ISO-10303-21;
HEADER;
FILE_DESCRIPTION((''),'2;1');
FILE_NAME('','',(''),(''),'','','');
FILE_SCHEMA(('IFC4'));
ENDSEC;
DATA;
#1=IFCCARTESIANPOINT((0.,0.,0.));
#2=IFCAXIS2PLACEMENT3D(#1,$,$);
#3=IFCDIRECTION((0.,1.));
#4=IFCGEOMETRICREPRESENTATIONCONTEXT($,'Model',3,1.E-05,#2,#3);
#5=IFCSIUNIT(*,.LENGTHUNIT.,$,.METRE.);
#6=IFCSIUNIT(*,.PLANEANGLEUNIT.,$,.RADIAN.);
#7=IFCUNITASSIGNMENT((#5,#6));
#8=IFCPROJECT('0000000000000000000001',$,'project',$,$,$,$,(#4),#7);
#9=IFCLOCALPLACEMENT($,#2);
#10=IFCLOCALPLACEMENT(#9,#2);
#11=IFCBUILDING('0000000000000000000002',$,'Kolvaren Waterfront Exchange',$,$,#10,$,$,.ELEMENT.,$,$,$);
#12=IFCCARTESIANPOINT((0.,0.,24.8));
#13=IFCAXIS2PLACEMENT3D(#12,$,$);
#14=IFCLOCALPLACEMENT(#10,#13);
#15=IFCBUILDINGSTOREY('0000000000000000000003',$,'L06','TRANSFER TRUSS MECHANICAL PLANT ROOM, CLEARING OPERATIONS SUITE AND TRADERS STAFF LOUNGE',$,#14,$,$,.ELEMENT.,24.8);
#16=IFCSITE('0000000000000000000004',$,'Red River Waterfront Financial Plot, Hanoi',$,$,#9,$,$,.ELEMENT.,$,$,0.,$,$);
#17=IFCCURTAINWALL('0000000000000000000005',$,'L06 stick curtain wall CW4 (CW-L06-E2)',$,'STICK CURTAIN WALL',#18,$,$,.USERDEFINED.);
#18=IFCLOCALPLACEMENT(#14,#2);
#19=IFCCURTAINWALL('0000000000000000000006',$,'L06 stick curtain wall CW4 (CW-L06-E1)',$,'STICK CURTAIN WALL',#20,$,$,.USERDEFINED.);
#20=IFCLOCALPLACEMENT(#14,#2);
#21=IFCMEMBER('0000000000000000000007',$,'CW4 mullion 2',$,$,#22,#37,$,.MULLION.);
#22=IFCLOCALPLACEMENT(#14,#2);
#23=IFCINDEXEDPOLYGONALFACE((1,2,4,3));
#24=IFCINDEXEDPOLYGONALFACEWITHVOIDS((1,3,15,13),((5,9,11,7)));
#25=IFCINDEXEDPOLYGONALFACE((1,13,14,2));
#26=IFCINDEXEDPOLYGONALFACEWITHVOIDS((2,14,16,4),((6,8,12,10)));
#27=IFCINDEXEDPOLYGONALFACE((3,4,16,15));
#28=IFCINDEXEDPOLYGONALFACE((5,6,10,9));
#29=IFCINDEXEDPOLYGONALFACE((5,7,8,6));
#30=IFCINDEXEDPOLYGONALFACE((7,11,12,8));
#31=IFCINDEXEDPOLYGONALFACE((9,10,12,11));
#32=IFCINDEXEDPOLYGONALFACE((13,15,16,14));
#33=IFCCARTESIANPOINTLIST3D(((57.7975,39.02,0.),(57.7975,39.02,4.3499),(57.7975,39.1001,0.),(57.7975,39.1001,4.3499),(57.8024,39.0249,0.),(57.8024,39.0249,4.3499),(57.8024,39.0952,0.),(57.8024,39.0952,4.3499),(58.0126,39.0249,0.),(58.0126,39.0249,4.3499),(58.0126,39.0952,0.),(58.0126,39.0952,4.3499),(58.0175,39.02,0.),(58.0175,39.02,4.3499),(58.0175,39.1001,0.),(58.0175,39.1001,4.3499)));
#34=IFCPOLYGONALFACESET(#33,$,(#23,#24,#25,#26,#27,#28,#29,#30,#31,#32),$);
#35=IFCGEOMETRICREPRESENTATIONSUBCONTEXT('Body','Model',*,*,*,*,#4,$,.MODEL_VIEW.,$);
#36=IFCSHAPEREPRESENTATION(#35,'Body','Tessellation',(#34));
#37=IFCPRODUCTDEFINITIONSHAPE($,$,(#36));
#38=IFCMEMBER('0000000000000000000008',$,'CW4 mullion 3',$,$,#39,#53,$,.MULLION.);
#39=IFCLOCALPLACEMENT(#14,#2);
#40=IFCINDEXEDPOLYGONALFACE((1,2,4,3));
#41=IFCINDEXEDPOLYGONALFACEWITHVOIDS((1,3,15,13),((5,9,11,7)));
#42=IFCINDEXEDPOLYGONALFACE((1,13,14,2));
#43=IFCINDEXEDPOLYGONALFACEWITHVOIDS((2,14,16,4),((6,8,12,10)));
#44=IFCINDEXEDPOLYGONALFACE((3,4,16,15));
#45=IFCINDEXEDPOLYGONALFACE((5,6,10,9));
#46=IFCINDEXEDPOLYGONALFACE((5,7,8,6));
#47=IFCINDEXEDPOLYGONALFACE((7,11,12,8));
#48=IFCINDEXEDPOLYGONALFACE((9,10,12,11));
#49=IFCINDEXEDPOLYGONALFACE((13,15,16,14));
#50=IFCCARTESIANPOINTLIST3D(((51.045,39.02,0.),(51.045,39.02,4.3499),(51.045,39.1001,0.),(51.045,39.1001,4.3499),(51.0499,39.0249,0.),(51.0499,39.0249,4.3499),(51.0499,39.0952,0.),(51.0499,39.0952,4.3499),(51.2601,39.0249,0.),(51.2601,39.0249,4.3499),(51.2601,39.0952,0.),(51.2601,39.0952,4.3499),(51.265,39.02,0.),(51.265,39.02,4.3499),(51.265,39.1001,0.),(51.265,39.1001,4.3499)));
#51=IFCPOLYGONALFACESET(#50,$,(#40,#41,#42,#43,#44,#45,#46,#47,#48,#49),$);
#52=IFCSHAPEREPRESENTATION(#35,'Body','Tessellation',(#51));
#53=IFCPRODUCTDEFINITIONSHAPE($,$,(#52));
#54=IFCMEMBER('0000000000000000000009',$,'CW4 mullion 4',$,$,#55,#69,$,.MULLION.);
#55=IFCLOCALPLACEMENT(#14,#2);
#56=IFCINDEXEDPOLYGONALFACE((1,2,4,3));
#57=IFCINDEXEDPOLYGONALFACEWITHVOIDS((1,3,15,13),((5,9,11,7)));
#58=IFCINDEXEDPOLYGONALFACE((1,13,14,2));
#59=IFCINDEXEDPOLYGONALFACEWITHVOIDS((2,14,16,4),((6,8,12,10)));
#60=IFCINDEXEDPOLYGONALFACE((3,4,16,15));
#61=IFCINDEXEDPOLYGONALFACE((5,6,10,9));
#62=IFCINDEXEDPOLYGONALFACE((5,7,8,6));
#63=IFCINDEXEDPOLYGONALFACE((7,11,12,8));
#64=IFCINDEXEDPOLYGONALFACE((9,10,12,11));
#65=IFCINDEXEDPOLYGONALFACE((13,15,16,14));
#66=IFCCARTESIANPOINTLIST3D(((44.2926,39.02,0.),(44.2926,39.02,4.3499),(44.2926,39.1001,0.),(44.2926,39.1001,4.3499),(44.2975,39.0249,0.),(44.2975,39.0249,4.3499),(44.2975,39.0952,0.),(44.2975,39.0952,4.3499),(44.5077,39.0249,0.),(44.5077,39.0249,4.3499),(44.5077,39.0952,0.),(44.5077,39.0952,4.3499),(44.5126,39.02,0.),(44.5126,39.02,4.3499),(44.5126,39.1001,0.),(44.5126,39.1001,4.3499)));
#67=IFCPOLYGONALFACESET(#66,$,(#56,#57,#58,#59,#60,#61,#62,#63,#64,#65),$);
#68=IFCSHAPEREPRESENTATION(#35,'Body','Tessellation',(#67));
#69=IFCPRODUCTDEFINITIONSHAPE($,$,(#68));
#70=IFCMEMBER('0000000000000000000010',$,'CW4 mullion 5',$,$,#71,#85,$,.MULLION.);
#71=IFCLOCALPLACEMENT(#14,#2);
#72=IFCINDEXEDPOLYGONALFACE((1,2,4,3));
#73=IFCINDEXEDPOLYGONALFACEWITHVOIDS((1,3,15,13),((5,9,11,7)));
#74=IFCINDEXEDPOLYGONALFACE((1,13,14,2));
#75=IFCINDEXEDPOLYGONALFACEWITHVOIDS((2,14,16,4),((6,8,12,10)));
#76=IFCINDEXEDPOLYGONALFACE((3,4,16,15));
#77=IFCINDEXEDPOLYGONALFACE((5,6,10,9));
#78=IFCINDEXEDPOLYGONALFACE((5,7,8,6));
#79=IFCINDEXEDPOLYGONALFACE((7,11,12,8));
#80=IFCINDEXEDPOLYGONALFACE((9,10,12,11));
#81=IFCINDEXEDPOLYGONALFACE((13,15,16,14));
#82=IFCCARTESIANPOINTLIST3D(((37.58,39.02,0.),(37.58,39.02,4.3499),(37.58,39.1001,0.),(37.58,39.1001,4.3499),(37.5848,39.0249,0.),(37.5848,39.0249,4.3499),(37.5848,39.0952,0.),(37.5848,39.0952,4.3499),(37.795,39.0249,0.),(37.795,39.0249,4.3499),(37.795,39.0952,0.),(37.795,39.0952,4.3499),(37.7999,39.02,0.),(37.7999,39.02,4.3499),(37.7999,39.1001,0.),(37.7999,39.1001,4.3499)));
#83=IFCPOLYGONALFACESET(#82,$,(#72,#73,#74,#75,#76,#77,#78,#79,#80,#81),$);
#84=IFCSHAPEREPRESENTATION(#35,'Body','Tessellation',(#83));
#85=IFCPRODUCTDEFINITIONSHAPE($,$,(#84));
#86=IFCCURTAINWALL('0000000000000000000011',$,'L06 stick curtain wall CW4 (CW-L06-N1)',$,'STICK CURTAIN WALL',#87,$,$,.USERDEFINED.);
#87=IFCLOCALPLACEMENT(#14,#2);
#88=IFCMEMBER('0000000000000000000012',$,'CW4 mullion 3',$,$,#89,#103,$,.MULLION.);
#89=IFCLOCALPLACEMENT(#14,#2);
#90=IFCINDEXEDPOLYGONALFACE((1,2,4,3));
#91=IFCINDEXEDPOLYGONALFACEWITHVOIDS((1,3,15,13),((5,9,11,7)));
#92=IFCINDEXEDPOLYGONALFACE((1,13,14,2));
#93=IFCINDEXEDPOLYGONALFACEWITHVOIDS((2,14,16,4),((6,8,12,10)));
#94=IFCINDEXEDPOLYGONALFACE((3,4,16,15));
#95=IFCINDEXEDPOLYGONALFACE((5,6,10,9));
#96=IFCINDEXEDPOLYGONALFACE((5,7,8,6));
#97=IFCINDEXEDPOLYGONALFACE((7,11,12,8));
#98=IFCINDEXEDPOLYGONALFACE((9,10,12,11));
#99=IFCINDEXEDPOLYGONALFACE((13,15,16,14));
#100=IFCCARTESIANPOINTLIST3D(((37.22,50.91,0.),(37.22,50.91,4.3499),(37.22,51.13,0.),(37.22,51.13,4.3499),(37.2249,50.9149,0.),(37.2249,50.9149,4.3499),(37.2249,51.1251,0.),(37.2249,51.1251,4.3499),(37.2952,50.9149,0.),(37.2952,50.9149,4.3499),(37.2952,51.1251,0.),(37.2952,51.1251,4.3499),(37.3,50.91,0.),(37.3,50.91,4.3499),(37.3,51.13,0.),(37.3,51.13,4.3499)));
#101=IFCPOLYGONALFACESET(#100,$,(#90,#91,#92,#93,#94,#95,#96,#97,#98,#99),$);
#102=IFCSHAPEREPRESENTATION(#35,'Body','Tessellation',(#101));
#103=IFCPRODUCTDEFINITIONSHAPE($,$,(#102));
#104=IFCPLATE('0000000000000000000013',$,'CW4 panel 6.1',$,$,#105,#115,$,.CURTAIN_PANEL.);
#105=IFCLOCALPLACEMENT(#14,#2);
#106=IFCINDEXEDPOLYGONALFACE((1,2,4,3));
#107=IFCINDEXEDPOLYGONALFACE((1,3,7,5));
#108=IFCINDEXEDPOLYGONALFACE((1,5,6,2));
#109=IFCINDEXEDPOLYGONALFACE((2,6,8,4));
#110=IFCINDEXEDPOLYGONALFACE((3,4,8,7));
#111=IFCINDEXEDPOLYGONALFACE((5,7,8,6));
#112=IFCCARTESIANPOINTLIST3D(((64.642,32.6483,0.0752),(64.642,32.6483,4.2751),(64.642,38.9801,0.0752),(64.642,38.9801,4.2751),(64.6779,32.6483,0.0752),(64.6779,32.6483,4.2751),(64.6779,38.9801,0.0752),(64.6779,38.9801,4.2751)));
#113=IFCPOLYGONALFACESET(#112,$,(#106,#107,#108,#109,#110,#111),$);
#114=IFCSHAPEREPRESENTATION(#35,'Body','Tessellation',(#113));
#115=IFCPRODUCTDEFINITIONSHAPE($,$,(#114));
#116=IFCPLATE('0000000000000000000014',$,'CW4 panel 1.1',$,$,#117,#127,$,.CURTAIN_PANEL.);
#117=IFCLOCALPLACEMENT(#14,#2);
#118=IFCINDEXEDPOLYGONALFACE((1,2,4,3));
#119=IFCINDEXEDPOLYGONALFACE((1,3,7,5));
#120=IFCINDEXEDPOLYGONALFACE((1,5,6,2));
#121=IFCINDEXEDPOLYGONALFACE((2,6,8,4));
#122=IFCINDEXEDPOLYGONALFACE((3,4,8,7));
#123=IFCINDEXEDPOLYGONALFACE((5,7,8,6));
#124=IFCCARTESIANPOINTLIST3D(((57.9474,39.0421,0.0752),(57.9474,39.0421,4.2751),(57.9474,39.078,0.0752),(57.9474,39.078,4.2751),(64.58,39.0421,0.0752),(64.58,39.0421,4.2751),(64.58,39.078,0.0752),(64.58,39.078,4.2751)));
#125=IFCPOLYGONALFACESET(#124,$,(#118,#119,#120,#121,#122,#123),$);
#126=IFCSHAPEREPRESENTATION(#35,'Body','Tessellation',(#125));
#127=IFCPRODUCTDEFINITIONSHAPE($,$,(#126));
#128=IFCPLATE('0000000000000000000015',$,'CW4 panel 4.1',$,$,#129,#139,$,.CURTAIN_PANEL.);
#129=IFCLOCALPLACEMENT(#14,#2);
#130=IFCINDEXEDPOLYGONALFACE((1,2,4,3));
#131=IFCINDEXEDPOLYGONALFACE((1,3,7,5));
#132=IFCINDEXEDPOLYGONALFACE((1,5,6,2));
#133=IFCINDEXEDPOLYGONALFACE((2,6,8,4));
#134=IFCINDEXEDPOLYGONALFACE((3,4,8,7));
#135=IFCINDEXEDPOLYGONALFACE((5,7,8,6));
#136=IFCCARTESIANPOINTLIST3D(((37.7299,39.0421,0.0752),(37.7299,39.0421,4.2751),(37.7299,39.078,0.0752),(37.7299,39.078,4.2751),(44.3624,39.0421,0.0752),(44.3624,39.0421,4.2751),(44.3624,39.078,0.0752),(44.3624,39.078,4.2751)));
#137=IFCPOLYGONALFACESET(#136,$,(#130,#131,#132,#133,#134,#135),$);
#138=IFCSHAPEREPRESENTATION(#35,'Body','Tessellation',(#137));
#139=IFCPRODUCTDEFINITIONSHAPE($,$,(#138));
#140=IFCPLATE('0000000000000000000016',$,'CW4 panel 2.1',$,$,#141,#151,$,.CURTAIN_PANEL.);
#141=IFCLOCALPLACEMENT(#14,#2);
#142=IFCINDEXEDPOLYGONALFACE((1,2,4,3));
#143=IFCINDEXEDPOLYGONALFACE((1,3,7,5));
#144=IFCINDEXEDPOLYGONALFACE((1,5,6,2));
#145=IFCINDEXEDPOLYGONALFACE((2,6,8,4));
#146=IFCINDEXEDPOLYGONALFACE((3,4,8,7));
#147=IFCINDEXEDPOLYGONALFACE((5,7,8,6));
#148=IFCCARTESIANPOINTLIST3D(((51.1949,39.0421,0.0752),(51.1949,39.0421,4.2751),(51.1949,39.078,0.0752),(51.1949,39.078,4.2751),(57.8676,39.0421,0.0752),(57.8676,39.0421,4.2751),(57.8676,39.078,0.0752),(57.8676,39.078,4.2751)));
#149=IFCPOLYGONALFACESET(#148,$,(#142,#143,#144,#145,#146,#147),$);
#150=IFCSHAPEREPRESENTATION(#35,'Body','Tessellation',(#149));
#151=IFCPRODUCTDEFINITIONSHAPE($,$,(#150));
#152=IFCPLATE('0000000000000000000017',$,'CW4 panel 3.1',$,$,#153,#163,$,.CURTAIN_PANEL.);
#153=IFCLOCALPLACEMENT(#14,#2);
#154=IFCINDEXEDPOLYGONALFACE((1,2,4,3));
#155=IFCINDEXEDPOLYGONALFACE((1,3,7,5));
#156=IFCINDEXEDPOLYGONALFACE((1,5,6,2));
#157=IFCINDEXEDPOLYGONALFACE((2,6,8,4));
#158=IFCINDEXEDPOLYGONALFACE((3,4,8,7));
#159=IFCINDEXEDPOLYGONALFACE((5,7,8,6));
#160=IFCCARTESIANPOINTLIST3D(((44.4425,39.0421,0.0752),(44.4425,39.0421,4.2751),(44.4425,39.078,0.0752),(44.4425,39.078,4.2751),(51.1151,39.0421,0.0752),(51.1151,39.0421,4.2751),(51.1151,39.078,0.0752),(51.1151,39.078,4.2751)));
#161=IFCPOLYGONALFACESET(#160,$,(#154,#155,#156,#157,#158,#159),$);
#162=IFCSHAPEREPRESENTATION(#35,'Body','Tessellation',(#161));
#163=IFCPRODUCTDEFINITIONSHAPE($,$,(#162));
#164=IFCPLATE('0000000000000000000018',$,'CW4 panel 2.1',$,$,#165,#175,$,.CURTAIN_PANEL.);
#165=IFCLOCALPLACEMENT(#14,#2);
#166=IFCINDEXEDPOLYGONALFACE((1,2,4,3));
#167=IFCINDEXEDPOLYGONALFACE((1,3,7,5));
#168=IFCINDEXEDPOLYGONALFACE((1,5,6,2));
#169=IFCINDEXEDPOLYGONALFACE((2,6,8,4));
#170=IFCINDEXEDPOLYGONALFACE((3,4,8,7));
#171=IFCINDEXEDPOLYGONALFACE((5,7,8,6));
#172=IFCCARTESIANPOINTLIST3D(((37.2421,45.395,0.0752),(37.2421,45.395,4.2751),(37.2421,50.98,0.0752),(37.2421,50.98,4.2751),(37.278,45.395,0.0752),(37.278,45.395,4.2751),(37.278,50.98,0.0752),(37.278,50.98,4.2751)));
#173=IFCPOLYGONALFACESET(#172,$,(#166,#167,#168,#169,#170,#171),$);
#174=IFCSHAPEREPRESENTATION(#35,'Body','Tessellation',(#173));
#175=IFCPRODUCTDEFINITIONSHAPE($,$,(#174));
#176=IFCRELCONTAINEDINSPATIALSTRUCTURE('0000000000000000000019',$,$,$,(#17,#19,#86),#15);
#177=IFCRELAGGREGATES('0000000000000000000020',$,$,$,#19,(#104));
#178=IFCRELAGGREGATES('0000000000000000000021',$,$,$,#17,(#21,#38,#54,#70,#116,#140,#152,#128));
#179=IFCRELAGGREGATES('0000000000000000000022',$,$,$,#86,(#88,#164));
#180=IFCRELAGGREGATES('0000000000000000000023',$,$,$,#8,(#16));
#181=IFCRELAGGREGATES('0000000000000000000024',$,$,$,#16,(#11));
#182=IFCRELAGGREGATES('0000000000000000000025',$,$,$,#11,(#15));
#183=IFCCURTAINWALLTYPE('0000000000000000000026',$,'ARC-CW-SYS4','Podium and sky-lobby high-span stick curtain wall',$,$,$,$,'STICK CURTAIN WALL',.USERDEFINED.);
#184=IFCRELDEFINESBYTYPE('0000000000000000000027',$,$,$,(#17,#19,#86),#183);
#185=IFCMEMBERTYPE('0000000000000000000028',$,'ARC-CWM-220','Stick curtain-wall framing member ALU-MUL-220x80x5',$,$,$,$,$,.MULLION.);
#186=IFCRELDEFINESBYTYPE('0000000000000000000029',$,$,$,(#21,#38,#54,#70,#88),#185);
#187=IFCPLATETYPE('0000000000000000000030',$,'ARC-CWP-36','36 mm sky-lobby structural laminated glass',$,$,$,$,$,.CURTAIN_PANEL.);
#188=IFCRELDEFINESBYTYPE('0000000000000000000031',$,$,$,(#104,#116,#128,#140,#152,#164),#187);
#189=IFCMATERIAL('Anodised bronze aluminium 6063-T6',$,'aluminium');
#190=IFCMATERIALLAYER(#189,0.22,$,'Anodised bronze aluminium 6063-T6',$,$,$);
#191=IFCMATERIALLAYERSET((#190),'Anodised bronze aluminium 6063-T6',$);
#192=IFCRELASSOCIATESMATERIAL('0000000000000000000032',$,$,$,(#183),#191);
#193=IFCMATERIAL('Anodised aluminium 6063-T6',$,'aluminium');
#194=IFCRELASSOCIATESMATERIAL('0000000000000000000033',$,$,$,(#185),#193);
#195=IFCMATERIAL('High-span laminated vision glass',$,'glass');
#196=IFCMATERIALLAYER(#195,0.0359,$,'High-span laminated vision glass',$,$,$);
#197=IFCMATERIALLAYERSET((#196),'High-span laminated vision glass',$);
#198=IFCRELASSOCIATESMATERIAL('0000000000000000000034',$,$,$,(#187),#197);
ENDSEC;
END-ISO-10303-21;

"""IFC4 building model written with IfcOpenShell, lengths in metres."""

from ifc_helpers import new_model, si_unit, direction, frame, origin, origin_with_axes, origin_2d, place, context, subcontext, project, spatial, rectangle, hollow_rectangle, extrude, source, transform, mapped, material, layer, layer_set, material_profile, profile_set, type_object, element, aggregate, save


model = new_model("IFC4")

# Units and contexts
model_context = context("Model", 3, precision=1e-05, world=origin(), true_north=direction((0.0, 1.0)))
body_context = subcontext(model_context, "Body", "Model", "MODEL_VIEW")
ifc_project = project(units=[si_unit("LENGTHUNIT", "METRE"), si_unit("PLANEANGLEUNIT", "RADIAN")], contexts=[model_context])

# Site, building, storey
site_placement = place(None, origin())
site = spatial("IfcSite", under=ifc_project, at=site_placement, Name="Red River Waterfront Financial Plot, Hanoi", CompositionType="ELEMENT", RefElevation=0.0)
building_placement = place(site_placement, origin())
building = spatial("IfcBuilding", under=site, at=building_placement, Name="Kolvaren Waterfront Exchange", CompositionType="ELEMENT")
storey_placement = place(building_placement, frame((0.0, 0.0, 24.8)))
storey = spatial("IfcBuildingStorey", under=building, at=storey_placement, Name="L06", Description="TRANSFER TRUSS MECHANICAL PLANT ROOM, CLEARING OPERATIONS SUITE AND TRADERS STAFF LOUNGE", CompositionType="ELEMENT", Elevation=24.8)

# Curtain wall
ifc_material_1 = material(Name="Anodised bronze aluminium 6063-T6", Category="aluminium")
ifc_layer_1 = layer(ifc_material_1, 0.22, Name="Anodised bronze aluminium 6063-T6")
ifc_layer_set_1 = layer_set([ifc_layer_1], Name="Anodised bronze aluminium 6063-T6")
curtain_wall_type = type_object("IfcCurtainWallType", Name="ARC-CW-SYS4", Description="Podium and sky-lobby high-span stick curtain wall", ElementType="STICK CURTAIN WALL", PredefinedType="USERDEFINED", material=ifc_layer_set_1)
curtain_wall_1_placement = place(storey_placement, origin())
curtain_wall_1 = element("IfcCurtainWall", 1, at=curtain_wall_1_placement, inside=storey, type_object=curtain_wall_type, Name="L06 stick curtain wall CW4 (CW-L06-E2)", ObjectType="STICK CURTAIN WALL", PredefinedType="USERDEFINED")
ifc_material_2 = material(Name="Anodised aluminium 6063-T6", Category="aluminium")

# Curtain wall
curtain_wall_2_placement = place(storey_placement, origin())
curtain_wall_2 = element("IfcCurtainWall", 2, at=curtain_wall_2_placement, inside=storey, type_object=curtain_wall_type, Name="L06 stick curtain wall CW4 (CW-L06-E1)", ObjectType="STICK CURTAIN WALL", PredefinedType="USERDEFINED")
ifc_material_profile_1 = material_profile(ifc_material_2, hollow_rectangle(XDim=0.0801, YDim=0.22, WallThickness=0.0049, at=origin_2d()), Name="ALU-MUL-220x80x5")
ifc_profile_set_1 = profile_set([ifc_material_profile_1], Name="Anodised aluminium 6063-T6")
member_type_1 = type_object("IfcMemberType", Name="ARC-CWM-220", Description="Stick curtain-wall framing member ALU-MUL-220x80x5", PredefinedType="MULLION", material=ifc_profile_set_1)
shared_shape_1 = source(origin_with_axes(), body_context, "Body", "SweptSolid", [
    extrude(hollow_rectangle(XDim=0.0801, YDim=0.22, WallThickness=0.0049, at=origin_2d()), origin(), (0.0, 0.0, 1.0), 4.3499),
])

# Members
member_1_placement = place(storey_placement, frame((57.9075, 39.0601, 0.0), z_axis=(0.0, 0.0, 1.0), x_axis=(0.0, -1.0, 0.0)))
member_1 = element("IfcMember", 3, at=member_1_placement, type_object=member_type_1, Name="CW4 mullion 2", PredefinedType="MULLION", context=body_context, shape_type="MappedRepresentation", body=[
    mapped(shared_shape_1, transform((0.0, 0.0, 0.0), x_axis=(1.0, 0.0, 0.0), y_axis=(0.0, 1.0, 0.0), z_axis=(0.0, 0.0, 1.0), scale=1.0)),
])
member_2_placement = place(storey_placement, frame((51.155, 39.0601, 0.0), z_axis=(0.0, 0.0, 1.0), x_axis=(0.0, -1.0, 0.0)))
member_2 = element("IfcMember", 4, at=member_2_placement, type_object=member_type_1, Name="CW4 mullion 3", PredefinedType="MULLION", context=body_context, shape_type="MappedRepresentation", body=[
    mapped(shared_shape_1, transform((0.0, 0.0, 0.0), x_axis=(1.0, 0.0, 0.0), y_axis=(0.0, 1.0, 0.0), z_axis=(0.0, 0.0, 1.0), scale=1.0)),
])
member_3_placement = place(storey_placement, frame((44.4026, 39.0601, 0.0), z_axis=(0.0, 0.0, 1.0), x_axis=(0.0, -1.0, 0.0)))
member_3 = element("IfcMember", 5, at=member_3_placement, type_object=member_type_1, Name="CW4 mullion 4", PredefinedType="MULLION", context=body_context, shape_type="MappedRepresentation", body=[
    mapped(shared_shape_1, transform((0.0, 0.0, 0.0), x_axis=(1.0, 0.0, 0.0), y_axis=(0.0, 1.0, 0.0), z_axis=(0.0, 0.0, 1.0), scale=1.0)),
])
member_4_placement = place(storey_placement, frame((37.6899, 39.0601, 0.0), z_axis=(0.0, 0.0, 1.0), x_axis=(0.0, -1.0, 0.0)))
member_4 = element("IfcMember", 6, at=member_4_placement, type_object=member_type_1, Name="CW4 mullion 5", PredefinedType="MULLION", context=body_context, shape_type="MappedRepresentation", body=[
    mapped(shared_shape_1, transform((0.0, 0.0, 0.0), x_axis=(1.0, 0.0, 0.0), y_axis=(0.0, 1.0, 0.0), z_axis=(0.0, 0.0, 1.0), scale=1.0)),
])

# Curtain wall, member
curtain_wall_3_placement = place(storey_placement, origin())
curtain_wall_3 = element("IfcCurtainWall", 7, at=curtain_wall_3_placement, inside=storey, type_object=curtain_wall_type, Name="L06 stick curtain wall CW4 (CW-L06-N1)", ObjectType="STICK CURTAIN WALL", PredefinedType="USERDEFINED")
member_5_placement = place(storey_placement, frame((37.26, 51.02, 0.0), z_axis=(0.0, 0.0, 1.0), x_axis=(-1.0, 0.0, 0.0)))
member_5 = element("IfcMember", 8, at=member_5_placement, type_object=member_type_1, Name="CW4 mullion 3", PredefinedType="MULLION", context=body_context, shape_type="MappedRepresentation", body=[
    mapped(shared_shape_1, transform((0.0, 0.0, 0.0), x_axis=(1.0, 0.0, 0.0), y_axis=(0.0, 1.0, 0.0), z_axis=(0.0, 0.0, 1.0), scale=1.0)),
])

# Plates
ifc_material_3 = material(Name="High-span laminated vision glass", Category="glass")
ifc_layer_2 = layer(ifc_material_3, 0.0359, Name="High-span laminated vision glass")
ifc_layer_set_2 = layer_set([ifc_layer_2], Name="High-span laminated vision glass")
plate_type = type_object("IfcPlateType", Name="ARC-CWP-36", Description="36 mm sky-lobby structural laminated glass", PredefinedType="CURTAIN_PANEL", material=ifc_layer_set_2)
shared_shape_2 = source(origin_with_axes(), body_context, "Body", "SweptSolid", [
    extrude(rectangle(XDim=6.3318, YDim=0.0359, at=origin_2d()), origin(), (0.0, 0.0, 1.0), 4.2),
])
plate_1_placement = place(storey_placement, frame((64.6599, 35.8142, 0.0752), z_axis=(0.0, 0.0, 1.0), x_axis=(0.0, 1.0, 0.0)))
plate_1 = element("IfcPlate", 9, at=plate_1_placement, type_object=plate_type, Name="CW4 panel 6.1", PredefinedType="CURTAIN_PANEL", context=body_context, shape_type="MappedRepresentation", body=[
    mapped(shared_shape_2, transform((0.0, 0.0, 0.0), x_axis=(1.0, 0.0, 0.0), y_axis=(0.0, 1.0, 0.0), z_axis=(0.0, 0.0, 1.0), scale=1.0)),
])
aggregate(curtain_wall_2, [plate_1])
shared_shape_3 = source(origin_with_axes(), body_context, "Body", "SweptSolid", [
    extrude(rectangle(XDim=6.6326, YDim=0.0359, at=origin_2d()), origin(), (0.0, 0.0, 1.0), 4.2),
])
plate_2_placement = place(storey_placement, frame((61.2637, 39.0601, 0.0752), z_axis=(0.0, 0.0, 1.0), x_axis=(-1.0, 0.0, 0.0)))
plate_2 = element("IfcPlate", 10, at=plate_2_placement, type_object=plate_type, Name="CW4 panel 1.1", PredefinedType="CURTAIN_PANEL", context=body_context, shape_type="MappedRepresentation", body=[
    mapped(shared_shape_3, transform((0.0, 0.0, 0.0), x_axis=(1.0, 0.0, 0.0), y_axis=(0.0, 1.0, 0.0), z_axis=(0.0, 0.0, 1.0), scale=1.0)),
])
plate_3_placement = place(storey_placement, frame((41.0461, 39.0601, 0.0752), z_axis=(0.0, 0.0, 1.0), x_axis=(-1.0, 0.0, 0.0)))
plate_3 = element("IfcPlate", 11, at=plate_3_placement, type_object=plate_type, Name="CW4 panel 4.1", PredefinedType="CURTAIN_PANEL", context=body_context, shape_type="MappedRepresentation", body=[
    mapped(shared_shape_3, transform((0.0, 0.0, 0.0), x_axis=(1.0, 0.0, 0.0), y_axis=(0.0, 1.0, 0.0), z_axis=(0.0, 0.0, 1.0), scale=1.0)),
])
shared_shape_4 = source(origin_with_axes(), body_context, "Body", "SweptSolid", [
    extrude(rectangle(XDim=6.6726, YDim=0.0359, at=origin_2d()), origin(), (0.0, 0.0, 1.0), 4.2),
])
plate_4_placement = place(storey_placement, frame((54.5312, 39.0601, 0.0752), z_axis=(0.0, 0.0, 1.0), x_axis=(-1.0, 0.0, 0.0)))
plate_4 = element("IfcPlate", 12, at=plate_4_placement, type_object=plate_type, Name="CW4 panel 2.1", PredefinedType="CURTAIN_PANEL", context=body_context, shape_type="MappedRepresentation", body=[
    mapped(shared_shape_4, transform((0.0, 0.0, 0.0), x_axis=(1.0, 0.0, 0.0), y_axis=(0.0, 1.0, 0.0), z_axis=(0.0, 0.0, 1.0), scale=1.0)),
])
plate_5_placement = place(storey_placement, frame((47.7788, 39.0601, 0.0752), z_axis=(0.0, 0.0, 1.0), x_axis=(-1.0, 0.0, 0.0)))
plate_5 = element("IfcPlate", 13, at=plate_5_placement, type_object=plate_type, Name="CW4 panel 3.1", PredefinedType="CURTAIN_PANEL", context=body_context, shape_type="MappedRepresentation", body=[
    mapped(shared_shape_4, transform((0.0, 0.0, 0.0), x_axis=(1.0, 0.0, 0.0), y_axis=(0.0, 1.0, 0.0), z_axis=(0.0, 0.0, 1.0), scale=1.0)),
])
aggregate(curtain_wall_1, [member_1, member_2, member_3, member_4, plate_2, plate_4, plate_5, plate_3])
shared_shape_5 = source(origin_with_axes(), body_context, "Body", "SweptSolid", [
    extrude(rectangle(XDim=5.585, YDim=0.0359, at=origin_2d()), origin(), (0.0, 0.0, 1.0), 4.2),
])
plate_6_placement = place(storey_placement, frame((37.26, 48.1875, 0.0752), z_axis=(0.0, 0.0, 1.0), x_axis=(0.0, 1.0, 0.0)))
plate_6 = element("IfcPlate", 14, at=plate_6_placement, type_object=plate_type, Name="CW4 panel 2.1", PredefinedType="CURTAIN_PANEL", context=body_context, shape_type="MappedRepresentation", body=[
    mapped(shared_shape_5, transform((0.0, 0.0, 0.0), x_axis=(1.0, 0.0, 0.0), y_axis=(0.0, 1.0, 0.0), z_axis=(0.0, 0.0, 1.0), scale=1.0)),
])
aggregate(curtain_wall_3, [member_5, plate_6])

save(model, "model.ifc")
